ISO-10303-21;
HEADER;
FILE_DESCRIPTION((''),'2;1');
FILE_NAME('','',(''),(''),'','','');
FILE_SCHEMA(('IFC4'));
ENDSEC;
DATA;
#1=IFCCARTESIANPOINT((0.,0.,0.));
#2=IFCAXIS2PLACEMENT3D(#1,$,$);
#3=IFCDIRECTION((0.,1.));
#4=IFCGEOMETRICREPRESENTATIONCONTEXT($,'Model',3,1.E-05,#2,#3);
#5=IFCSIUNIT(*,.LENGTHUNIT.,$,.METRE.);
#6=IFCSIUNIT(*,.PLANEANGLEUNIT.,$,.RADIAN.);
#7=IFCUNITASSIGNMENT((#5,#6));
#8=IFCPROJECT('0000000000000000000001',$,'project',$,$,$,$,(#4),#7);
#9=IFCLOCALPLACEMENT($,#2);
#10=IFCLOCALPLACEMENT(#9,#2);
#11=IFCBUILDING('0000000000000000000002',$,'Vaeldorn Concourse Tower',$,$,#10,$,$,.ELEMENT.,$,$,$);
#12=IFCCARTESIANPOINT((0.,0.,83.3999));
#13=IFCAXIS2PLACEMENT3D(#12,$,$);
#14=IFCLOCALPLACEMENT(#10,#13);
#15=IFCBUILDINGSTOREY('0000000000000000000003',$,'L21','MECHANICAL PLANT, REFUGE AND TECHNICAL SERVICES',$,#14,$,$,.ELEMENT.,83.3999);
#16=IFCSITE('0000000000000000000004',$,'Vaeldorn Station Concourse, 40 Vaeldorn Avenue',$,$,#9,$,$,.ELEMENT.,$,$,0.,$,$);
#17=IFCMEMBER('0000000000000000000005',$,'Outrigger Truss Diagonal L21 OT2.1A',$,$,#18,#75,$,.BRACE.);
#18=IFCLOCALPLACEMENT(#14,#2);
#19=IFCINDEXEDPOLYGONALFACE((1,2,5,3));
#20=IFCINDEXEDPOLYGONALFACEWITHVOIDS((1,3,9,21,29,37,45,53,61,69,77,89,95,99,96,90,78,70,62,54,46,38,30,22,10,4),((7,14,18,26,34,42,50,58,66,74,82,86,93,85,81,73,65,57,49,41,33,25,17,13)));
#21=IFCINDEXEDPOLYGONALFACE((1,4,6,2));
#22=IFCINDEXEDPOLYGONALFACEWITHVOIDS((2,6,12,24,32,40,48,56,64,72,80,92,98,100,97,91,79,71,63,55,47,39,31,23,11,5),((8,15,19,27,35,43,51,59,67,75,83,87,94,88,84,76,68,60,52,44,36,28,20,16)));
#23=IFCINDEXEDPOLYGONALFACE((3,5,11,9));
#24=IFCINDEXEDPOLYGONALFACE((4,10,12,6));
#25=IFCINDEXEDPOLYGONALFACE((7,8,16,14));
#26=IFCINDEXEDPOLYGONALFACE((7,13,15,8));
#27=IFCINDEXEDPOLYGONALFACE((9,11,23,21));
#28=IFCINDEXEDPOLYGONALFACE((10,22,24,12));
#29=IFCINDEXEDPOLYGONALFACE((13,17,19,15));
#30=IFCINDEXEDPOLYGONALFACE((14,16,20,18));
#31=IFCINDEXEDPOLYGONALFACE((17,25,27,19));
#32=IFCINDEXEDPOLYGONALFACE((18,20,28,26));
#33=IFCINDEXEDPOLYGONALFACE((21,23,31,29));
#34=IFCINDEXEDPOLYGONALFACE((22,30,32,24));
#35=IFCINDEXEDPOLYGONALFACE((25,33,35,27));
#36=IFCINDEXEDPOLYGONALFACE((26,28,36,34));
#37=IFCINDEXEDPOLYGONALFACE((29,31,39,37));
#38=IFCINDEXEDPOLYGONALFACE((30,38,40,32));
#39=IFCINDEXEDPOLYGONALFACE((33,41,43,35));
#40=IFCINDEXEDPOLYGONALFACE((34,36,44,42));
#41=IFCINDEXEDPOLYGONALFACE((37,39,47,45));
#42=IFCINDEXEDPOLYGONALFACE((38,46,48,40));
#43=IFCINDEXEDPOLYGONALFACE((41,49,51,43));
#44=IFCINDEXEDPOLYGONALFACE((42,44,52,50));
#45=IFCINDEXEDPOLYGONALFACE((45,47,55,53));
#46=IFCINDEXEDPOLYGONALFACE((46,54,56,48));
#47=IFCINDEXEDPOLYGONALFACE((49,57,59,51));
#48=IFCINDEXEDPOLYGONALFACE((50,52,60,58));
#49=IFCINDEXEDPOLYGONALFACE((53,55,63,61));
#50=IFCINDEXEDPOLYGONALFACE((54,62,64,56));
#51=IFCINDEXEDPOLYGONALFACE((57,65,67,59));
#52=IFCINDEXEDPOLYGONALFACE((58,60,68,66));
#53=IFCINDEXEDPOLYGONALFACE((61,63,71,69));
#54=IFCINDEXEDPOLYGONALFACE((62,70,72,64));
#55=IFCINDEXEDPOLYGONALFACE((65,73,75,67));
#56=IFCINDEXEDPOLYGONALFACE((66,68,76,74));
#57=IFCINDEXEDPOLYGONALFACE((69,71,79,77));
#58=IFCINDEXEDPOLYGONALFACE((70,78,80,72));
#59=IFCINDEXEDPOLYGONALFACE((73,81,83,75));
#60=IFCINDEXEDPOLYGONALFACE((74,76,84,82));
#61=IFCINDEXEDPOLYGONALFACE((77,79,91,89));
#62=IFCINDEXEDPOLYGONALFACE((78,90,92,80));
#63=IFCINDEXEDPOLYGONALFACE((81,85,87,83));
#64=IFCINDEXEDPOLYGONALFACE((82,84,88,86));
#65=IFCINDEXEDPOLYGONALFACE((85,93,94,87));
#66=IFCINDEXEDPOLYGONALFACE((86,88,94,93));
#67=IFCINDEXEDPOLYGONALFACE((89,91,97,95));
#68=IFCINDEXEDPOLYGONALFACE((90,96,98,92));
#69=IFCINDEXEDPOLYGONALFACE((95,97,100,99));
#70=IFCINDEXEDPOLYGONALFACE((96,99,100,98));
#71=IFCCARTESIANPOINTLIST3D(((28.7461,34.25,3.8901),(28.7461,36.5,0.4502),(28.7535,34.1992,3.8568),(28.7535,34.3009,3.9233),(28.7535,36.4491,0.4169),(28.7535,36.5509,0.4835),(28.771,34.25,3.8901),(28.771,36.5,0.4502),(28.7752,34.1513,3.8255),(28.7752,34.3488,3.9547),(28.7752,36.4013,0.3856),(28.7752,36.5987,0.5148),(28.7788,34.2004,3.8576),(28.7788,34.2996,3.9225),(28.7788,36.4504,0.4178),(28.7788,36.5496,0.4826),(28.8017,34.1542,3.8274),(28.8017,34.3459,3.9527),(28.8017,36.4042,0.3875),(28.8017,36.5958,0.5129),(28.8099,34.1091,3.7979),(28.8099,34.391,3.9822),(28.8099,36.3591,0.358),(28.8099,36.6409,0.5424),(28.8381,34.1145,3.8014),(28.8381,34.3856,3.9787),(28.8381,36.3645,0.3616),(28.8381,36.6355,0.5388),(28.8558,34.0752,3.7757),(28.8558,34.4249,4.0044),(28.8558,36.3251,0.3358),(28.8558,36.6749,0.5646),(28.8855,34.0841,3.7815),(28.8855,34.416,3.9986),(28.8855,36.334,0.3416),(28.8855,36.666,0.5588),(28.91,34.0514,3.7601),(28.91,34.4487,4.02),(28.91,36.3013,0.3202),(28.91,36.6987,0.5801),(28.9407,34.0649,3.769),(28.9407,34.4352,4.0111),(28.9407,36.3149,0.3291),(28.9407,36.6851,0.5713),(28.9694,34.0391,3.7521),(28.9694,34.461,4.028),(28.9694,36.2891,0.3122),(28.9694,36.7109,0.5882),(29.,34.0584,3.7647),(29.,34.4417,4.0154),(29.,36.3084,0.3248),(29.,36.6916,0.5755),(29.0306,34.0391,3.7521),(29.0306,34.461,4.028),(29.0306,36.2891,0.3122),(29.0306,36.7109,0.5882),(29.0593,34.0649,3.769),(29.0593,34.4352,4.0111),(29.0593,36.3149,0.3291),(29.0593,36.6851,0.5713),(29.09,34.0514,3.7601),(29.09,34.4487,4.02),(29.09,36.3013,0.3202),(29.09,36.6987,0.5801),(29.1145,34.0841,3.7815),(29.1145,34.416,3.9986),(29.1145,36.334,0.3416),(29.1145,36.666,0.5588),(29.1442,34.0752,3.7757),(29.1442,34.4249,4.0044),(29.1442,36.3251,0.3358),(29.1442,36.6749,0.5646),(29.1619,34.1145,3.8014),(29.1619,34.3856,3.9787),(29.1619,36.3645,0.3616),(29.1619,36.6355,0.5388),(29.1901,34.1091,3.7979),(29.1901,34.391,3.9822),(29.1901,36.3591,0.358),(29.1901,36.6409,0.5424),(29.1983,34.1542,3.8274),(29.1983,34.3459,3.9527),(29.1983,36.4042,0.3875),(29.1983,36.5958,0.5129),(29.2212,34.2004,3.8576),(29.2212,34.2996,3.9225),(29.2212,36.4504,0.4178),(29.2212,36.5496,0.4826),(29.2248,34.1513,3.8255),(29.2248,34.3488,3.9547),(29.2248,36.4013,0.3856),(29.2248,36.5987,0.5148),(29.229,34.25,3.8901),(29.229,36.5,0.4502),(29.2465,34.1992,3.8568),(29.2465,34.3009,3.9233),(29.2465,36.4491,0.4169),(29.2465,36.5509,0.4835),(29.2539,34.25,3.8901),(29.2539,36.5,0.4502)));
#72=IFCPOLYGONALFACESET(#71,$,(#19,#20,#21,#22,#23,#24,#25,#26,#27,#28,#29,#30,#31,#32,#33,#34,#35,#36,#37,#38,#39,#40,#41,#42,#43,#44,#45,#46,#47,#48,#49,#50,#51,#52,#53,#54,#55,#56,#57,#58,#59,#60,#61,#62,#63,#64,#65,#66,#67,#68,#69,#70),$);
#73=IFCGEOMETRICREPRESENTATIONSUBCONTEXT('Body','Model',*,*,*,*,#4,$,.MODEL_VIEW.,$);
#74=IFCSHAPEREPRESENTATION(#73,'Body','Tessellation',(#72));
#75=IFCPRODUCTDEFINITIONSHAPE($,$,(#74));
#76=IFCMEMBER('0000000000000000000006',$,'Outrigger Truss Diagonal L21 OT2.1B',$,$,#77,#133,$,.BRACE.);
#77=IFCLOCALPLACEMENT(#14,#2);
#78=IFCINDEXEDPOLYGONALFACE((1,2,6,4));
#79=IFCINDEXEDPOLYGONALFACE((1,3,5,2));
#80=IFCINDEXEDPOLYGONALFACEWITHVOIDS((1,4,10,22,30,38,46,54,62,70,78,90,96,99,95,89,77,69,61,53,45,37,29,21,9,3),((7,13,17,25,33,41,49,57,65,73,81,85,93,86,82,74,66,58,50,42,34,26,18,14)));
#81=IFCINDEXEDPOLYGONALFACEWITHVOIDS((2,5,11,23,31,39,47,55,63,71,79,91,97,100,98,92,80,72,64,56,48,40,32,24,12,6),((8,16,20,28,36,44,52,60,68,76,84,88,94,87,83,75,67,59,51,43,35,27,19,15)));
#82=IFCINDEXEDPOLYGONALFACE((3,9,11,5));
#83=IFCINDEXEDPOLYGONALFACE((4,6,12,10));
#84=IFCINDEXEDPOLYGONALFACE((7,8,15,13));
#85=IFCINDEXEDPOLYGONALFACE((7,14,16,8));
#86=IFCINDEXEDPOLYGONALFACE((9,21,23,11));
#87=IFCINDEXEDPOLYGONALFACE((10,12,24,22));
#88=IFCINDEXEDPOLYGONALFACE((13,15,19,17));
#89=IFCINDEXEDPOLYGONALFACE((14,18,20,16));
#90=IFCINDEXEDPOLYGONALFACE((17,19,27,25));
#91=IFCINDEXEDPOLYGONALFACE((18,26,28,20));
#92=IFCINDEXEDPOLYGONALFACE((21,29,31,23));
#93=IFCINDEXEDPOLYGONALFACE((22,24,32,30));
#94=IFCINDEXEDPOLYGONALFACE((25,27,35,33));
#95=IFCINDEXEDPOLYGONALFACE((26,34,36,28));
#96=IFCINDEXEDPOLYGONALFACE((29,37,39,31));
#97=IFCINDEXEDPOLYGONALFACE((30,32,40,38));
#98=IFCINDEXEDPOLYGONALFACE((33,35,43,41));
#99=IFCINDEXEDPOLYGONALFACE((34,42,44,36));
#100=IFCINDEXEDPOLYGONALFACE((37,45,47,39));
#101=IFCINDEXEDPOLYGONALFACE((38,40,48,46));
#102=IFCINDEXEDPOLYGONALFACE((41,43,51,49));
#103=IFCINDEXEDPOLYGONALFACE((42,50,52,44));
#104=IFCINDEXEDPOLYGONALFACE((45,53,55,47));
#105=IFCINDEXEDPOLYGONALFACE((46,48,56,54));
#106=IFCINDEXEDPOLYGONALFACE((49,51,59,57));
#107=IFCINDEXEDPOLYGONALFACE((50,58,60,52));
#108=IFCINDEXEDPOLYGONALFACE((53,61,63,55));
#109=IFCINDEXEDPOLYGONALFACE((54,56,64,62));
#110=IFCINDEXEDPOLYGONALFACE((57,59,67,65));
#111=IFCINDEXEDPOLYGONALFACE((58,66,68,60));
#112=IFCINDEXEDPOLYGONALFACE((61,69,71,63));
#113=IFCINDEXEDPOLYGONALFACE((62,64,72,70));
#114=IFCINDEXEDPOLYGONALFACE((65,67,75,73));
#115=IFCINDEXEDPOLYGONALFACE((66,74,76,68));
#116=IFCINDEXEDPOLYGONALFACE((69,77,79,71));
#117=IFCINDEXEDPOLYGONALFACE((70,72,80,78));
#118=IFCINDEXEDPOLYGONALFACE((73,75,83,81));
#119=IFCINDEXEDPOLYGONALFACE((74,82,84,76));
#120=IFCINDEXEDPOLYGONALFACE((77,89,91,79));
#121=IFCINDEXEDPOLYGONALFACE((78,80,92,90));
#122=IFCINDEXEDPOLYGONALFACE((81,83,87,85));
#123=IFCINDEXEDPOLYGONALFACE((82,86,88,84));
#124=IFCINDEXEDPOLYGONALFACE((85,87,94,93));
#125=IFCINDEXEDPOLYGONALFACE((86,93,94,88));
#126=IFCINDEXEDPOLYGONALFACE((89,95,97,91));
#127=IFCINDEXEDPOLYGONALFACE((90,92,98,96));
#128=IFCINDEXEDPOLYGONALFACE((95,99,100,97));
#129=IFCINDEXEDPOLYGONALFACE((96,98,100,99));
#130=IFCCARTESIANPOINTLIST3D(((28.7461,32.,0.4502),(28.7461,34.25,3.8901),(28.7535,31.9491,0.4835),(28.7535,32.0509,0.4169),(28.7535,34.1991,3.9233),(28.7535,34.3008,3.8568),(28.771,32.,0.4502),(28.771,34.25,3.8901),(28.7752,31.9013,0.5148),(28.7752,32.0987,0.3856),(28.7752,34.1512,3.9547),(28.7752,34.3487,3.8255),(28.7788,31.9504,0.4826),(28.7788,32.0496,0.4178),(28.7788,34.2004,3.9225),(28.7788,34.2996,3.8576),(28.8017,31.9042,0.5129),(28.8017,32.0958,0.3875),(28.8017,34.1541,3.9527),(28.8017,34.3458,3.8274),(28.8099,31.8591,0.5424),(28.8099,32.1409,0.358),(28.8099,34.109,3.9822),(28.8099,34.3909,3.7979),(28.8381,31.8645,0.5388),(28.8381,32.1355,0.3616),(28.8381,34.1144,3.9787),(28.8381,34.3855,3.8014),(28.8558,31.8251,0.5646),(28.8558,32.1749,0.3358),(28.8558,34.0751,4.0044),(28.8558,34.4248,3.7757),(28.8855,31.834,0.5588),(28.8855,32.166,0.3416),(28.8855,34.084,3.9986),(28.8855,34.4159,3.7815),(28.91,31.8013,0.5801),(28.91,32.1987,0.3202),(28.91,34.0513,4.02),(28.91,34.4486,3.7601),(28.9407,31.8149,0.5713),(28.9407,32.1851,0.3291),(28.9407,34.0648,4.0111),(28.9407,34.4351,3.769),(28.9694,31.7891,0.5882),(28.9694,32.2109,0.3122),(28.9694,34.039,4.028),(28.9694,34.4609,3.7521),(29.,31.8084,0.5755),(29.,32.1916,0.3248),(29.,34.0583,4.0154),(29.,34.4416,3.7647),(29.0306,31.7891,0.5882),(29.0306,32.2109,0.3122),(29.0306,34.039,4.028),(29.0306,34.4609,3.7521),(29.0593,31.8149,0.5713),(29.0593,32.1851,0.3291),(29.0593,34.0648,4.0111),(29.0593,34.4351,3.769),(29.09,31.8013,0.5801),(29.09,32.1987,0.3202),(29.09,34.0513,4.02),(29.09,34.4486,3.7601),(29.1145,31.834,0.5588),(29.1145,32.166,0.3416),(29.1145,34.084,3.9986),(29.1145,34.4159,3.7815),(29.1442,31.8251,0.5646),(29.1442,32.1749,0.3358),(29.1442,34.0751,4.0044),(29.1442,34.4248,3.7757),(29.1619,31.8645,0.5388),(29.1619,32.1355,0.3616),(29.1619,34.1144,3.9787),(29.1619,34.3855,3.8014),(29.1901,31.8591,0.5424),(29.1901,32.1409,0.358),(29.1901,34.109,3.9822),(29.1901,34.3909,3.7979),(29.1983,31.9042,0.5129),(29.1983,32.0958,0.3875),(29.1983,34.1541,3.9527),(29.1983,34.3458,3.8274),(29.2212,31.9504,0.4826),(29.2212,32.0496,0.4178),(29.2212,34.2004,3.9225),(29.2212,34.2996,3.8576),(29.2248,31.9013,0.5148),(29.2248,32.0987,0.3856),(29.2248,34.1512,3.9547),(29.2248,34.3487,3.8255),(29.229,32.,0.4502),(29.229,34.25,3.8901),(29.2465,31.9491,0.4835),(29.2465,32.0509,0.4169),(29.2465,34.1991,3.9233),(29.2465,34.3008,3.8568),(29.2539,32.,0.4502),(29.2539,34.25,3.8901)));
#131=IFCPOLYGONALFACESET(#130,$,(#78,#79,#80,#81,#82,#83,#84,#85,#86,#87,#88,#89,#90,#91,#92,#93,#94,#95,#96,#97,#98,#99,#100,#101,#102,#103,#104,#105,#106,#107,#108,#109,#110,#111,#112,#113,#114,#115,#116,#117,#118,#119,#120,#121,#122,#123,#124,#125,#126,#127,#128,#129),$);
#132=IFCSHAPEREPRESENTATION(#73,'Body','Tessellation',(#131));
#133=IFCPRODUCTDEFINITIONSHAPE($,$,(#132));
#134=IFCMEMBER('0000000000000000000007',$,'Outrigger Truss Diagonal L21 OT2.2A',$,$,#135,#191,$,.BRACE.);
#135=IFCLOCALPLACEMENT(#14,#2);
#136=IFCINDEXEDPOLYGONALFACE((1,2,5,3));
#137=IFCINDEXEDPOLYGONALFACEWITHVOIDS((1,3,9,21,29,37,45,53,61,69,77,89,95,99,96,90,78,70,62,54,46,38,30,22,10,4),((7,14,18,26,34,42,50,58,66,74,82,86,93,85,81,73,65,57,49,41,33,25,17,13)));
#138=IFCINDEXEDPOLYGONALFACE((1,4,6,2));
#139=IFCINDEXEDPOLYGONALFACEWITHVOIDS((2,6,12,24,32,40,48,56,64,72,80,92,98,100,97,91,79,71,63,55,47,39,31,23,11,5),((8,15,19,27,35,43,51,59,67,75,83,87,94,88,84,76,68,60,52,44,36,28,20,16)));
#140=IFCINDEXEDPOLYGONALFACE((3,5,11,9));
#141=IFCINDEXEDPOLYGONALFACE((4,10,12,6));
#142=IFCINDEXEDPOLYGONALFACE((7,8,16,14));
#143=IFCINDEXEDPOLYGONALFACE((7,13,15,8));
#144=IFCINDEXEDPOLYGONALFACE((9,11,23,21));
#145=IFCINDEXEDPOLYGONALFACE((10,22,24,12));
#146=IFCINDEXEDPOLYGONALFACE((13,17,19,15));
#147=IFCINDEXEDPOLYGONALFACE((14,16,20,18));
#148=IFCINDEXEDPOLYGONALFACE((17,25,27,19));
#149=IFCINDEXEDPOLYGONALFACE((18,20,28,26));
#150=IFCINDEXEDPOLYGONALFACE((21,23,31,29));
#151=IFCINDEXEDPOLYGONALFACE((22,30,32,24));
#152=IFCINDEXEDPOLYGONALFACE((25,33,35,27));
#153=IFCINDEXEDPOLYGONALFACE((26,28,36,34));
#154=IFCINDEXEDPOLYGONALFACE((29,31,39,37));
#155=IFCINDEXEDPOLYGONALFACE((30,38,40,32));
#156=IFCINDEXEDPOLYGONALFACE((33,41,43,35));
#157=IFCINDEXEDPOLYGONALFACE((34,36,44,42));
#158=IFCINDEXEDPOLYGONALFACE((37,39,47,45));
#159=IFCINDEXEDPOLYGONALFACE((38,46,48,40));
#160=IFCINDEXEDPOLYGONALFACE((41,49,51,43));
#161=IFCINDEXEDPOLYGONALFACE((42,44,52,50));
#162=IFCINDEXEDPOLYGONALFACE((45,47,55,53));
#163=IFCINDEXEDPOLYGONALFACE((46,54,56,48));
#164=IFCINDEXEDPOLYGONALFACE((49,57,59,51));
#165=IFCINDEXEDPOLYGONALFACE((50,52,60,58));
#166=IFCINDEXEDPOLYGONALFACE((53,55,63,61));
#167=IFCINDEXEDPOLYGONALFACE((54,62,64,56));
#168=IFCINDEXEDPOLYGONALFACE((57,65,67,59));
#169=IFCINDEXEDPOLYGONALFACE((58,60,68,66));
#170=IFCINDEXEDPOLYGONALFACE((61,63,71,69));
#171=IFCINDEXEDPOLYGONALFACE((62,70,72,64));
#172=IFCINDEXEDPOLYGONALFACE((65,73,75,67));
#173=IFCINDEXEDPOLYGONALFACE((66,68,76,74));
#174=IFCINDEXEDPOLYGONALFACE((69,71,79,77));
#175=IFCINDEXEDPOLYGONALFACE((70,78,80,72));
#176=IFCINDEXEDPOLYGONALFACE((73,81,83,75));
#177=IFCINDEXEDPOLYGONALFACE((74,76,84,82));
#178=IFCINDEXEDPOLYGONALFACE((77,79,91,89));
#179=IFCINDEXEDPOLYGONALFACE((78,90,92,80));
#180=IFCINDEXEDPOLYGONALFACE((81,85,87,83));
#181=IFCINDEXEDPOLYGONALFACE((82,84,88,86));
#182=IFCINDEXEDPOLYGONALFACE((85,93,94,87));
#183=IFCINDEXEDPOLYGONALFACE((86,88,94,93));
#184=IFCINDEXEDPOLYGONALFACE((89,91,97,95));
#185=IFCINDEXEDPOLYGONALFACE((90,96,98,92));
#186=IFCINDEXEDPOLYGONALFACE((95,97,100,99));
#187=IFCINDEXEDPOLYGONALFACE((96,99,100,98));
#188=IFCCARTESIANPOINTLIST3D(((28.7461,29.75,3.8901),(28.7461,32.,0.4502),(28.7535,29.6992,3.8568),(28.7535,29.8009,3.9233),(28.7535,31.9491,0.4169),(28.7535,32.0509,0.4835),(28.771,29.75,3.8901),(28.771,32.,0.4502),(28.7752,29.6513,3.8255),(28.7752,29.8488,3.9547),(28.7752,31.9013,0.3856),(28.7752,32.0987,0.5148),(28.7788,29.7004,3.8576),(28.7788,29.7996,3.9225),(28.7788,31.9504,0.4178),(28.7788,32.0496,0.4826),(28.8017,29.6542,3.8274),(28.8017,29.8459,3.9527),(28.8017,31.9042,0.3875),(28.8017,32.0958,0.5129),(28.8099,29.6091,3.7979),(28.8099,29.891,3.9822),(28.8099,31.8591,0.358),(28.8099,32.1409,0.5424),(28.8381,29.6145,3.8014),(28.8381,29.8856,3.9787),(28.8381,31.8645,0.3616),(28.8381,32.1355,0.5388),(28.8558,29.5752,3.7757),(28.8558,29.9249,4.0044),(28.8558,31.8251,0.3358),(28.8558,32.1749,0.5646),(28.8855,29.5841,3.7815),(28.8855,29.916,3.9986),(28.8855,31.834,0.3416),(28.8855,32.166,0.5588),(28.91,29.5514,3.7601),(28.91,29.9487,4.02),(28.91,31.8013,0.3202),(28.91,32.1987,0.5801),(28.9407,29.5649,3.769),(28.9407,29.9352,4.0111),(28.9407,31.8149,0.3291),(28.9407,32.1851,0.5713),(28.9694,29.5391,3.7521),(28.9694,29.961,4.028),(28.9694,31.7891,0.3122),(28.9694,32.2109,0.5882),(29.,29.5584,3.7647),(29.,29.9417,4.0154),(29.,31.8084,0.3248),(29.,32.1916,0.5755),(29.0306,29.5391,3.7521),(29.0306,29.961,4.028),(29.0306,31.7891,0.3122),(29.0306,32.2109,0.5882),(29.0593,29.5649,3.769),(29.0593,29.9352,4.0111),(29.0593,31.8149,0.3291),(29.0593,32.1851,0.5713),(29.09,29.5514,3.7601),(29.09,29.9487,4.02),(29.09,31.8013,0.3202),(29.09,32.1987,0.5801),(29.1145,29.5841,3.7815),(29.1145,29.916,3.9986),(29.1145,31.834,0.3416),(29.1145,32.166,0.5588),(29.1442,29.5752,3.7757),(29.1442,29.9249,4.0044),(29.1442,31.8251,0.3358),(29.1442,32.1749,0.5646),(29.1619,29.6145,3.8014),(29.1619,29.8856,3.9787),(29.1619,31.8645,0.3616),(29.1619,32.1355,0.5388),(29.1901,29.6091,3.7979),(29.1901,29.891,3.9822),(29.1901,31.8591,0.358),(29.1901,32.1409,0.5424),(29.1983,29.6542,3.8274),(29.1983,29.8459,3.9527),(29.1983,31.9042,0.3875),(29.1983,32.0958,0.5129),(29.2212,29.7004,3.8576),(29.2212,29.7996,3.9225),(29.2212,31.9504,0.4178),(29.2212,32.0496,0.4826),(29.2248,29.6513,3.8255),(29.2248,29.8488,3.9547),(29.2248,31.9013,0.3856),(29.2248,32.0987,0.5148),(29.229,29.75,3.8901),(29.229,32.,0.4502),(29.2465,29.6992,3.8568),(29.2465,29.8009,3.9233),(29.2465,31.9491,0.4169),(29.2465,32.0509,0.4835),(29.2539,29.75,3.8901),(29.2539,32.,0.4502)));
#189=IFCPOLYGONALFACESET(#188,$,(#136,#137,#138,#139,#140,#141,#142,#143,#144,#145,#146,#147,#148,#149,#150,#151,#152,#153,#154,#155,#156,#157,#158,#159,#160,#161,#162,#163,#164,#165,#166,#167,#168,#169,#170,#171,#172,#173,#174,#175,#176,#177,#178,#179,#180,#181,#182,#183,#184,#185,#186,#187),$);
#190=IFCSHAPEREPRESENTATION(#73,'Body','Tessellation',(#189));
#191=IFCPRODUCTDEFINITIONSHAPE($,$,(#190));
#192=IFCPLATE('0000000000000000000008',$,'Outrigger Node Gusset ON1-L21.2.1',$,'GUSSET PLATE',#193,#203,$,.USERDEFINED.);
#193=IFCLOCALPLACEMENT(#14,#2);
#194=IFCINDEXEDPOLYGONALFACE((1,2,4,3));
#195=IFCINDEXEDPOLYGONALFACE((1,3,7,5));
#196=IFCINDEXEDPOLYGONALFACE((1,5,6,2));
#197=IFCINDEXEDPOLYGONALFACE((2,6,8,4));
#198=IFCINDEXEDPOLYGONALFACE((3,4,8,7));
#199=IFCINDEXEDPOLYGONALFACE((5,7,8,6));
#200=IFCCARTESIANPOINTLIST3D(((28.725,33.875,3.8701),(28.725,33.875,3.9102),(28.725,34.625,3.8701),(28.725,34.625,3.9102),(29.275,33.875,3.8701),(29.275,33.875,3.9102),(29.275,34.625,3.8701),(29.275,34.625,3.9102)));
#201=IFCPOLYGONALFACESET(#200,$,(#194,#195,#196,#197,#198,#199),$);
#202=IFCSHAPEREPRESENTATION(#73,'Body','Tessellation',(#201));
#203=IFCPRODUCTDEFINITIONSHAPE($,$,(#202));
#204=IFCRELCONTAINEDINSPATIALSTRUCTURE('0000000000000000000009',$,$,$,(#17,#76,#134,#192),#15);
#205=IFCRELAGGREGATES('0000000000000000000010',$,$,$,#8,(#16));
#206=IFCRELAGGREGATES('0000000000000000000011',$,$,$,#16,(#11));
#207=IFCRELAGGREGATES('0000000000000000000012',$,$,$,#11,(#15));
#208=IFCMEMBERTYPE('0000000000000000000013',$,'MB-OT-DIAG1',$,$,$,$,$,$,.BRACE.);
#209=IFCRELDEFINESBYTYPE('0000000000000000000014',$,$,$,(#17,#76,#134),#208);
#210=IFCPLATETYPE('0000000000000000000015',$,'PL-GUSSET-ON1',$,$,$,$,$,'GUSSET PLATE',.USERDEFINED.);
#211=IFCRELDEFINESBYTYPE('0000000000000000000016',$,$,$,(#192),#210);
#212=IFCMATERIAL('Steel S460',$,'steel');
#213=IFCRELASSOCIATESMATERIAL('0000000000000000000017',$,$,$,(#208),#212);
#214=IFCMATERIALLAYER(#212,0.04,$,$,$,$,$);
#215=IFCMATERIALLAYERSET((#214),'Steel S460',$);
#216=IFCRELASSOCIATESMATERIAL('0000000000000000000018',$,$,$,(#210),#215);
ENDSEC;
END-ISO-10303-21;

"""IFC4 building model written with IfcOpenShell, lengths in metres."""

from ifc_helpers import new_model, si_unit, direction, frame, origin, origin_2d, place, context, subcontext, project, spatial, rectangle, hollow_circle, extrude, source, transform, mapped, material, layer, layer_set, material_profile, profile_set, type_object, element, save


model = new_model("IFC4")

# Units and contexts
model_context = context("Model", 3, precision=1e-05, world=origin(), true_north=direction((0.0, 1.0)))
body_context = subcontext(model_context, "Body", "Model", "MODEL_VIEW")
ifc_project = project(units=[si_unit("LENGTHUNIT", "METRE"), si_unit("PLANEANGLEUNIT", "RADIAN")], contexts=[model_context])

# Site, building, storey
site_placement = place(None, origin())
site = spatial("IfcSite", under=ifc_project, at=site_placement, Name="Vaeldorn Station Concourse, 40 Vaeldorn Avenue", CompositionType="ELEMENT", RefElevation=0.0)
building_placement = place(site_placement, origin())
building = spatial("IfcBuilding", under=site, at=building_placement, Name="Vaeldorn Concourse Tower", CompositionType="ELEMENT")
storey_placement = place(building_placement, frame((0.0, 0.0, 83.3999)))
storey = spatial("IfcBuildingStorey", under=building, at=storey_placement, Name="L21", Description="MECHANICAL PLANT, REFUGE AND TECHNICAL SERVICES", CompositionType="ELEMENT", Elevation=83.3999)

# Shared definitions
ifc_material_1 = material(Name="Steel S460", Category="steel")

# Members
ifc_material_profile_1 = material_profile(ifc_material_1, hollow_circle(Radius=0.2539, WallThickness=0.0249, at=origin_2d()), Name="CHS 508x25")
ifc_profile_set_1 = profile_set([ifc_material_profile_1], Name="Steel S460")
member_type_1 = type_object("IfcMemberType", Name="MB-OT-DIAG1", PredefinedType="BRACE", material=ifc_profile_set_1)
shared_shape_1 = source(origin(), body_context, "Body", "SweptSolid", [
    extrude(hollow_circle(Radius=0.2539, WallThickness=0.0249, at=origin_2d()), origin(), (0.0, 0.0, 1.0), 4.1104),
])
for number, where, z_axis, x_axis, name in (
    (1, (29.0, 36.5, 0.4502), (0.0, -0.547387, 0.83688), (1.0, 0.0, 0.0), "Outrigger Truss Diagonal L21 OT2.1A"),
    (2, (29.0, 32.0, 0.4502), (0.0, 0.547387, 0.83688), (-1.0, 0.0, 0.0), "Outrigger Truss Diagonal L21 OT2.1B"),
    (3, (29.0, 32.0, 0.4502), (0.0, -0.547387, 0.83688), (1.0, 0.0, 0.0), "Outrigger Truss Diagonal L21 OT2.2A"),
):
    element("IfcMember", number, at=place(storey_placement, frame(where, z_axis=z_axis, x_axis=x_axis)), inside=storey, type_object=member_type_1, Name=name, PredefinedType="BRACE", context=body_context, shape_type="MappedRepresentation", body=[
        mapped(shared_shape_1, transform((0.0, 0.0, 0.0), scale=1.0)),
    ])

# Plate
ifc_layer_1 = layer(ifc_material_1, 0.04)
ifc_layer_set_1 = layer_set([ifc_layer_1], Name="Steel S460")
plate_type_1 = type_object("IfcPlateType", Name="PL-GUSSET-ON1", ElementType="GUSSET PLATE", PredefinedType="USERDEFINED", material=ifc_layer_set_1)
shared_shape_2 = source(origin(), body_context, "Body", "SweptSolid", [
    extrude(rectangle(XDim=0.75, YDim=0.55, at=origin_2d()), origin(), (0.0, 0.0, 1.0), 0.04),
])
plate_placement = place(storey_placement, frame((29.0, 34.25, 3.8701), z_axis=(0.0, 0.0, 1.0), x_axis=(0.0, 1.0, 0.0)))
element("IfcPlate", 4, at=plate_placement, inside=storey, type_object=plate_type_1, Name="Outrigger Node Gusset ON1-L21.2.1", ObjectType="GUSSET PLATE", PredefinedType="USERDEFINED", context=body_context, shape_type="MappedRepresentation", body=[
    mapped(shared_shape_2, transform((0.0, 0.0, 0.0), scale=1.0)),
])

save(model, "model.ifc")
